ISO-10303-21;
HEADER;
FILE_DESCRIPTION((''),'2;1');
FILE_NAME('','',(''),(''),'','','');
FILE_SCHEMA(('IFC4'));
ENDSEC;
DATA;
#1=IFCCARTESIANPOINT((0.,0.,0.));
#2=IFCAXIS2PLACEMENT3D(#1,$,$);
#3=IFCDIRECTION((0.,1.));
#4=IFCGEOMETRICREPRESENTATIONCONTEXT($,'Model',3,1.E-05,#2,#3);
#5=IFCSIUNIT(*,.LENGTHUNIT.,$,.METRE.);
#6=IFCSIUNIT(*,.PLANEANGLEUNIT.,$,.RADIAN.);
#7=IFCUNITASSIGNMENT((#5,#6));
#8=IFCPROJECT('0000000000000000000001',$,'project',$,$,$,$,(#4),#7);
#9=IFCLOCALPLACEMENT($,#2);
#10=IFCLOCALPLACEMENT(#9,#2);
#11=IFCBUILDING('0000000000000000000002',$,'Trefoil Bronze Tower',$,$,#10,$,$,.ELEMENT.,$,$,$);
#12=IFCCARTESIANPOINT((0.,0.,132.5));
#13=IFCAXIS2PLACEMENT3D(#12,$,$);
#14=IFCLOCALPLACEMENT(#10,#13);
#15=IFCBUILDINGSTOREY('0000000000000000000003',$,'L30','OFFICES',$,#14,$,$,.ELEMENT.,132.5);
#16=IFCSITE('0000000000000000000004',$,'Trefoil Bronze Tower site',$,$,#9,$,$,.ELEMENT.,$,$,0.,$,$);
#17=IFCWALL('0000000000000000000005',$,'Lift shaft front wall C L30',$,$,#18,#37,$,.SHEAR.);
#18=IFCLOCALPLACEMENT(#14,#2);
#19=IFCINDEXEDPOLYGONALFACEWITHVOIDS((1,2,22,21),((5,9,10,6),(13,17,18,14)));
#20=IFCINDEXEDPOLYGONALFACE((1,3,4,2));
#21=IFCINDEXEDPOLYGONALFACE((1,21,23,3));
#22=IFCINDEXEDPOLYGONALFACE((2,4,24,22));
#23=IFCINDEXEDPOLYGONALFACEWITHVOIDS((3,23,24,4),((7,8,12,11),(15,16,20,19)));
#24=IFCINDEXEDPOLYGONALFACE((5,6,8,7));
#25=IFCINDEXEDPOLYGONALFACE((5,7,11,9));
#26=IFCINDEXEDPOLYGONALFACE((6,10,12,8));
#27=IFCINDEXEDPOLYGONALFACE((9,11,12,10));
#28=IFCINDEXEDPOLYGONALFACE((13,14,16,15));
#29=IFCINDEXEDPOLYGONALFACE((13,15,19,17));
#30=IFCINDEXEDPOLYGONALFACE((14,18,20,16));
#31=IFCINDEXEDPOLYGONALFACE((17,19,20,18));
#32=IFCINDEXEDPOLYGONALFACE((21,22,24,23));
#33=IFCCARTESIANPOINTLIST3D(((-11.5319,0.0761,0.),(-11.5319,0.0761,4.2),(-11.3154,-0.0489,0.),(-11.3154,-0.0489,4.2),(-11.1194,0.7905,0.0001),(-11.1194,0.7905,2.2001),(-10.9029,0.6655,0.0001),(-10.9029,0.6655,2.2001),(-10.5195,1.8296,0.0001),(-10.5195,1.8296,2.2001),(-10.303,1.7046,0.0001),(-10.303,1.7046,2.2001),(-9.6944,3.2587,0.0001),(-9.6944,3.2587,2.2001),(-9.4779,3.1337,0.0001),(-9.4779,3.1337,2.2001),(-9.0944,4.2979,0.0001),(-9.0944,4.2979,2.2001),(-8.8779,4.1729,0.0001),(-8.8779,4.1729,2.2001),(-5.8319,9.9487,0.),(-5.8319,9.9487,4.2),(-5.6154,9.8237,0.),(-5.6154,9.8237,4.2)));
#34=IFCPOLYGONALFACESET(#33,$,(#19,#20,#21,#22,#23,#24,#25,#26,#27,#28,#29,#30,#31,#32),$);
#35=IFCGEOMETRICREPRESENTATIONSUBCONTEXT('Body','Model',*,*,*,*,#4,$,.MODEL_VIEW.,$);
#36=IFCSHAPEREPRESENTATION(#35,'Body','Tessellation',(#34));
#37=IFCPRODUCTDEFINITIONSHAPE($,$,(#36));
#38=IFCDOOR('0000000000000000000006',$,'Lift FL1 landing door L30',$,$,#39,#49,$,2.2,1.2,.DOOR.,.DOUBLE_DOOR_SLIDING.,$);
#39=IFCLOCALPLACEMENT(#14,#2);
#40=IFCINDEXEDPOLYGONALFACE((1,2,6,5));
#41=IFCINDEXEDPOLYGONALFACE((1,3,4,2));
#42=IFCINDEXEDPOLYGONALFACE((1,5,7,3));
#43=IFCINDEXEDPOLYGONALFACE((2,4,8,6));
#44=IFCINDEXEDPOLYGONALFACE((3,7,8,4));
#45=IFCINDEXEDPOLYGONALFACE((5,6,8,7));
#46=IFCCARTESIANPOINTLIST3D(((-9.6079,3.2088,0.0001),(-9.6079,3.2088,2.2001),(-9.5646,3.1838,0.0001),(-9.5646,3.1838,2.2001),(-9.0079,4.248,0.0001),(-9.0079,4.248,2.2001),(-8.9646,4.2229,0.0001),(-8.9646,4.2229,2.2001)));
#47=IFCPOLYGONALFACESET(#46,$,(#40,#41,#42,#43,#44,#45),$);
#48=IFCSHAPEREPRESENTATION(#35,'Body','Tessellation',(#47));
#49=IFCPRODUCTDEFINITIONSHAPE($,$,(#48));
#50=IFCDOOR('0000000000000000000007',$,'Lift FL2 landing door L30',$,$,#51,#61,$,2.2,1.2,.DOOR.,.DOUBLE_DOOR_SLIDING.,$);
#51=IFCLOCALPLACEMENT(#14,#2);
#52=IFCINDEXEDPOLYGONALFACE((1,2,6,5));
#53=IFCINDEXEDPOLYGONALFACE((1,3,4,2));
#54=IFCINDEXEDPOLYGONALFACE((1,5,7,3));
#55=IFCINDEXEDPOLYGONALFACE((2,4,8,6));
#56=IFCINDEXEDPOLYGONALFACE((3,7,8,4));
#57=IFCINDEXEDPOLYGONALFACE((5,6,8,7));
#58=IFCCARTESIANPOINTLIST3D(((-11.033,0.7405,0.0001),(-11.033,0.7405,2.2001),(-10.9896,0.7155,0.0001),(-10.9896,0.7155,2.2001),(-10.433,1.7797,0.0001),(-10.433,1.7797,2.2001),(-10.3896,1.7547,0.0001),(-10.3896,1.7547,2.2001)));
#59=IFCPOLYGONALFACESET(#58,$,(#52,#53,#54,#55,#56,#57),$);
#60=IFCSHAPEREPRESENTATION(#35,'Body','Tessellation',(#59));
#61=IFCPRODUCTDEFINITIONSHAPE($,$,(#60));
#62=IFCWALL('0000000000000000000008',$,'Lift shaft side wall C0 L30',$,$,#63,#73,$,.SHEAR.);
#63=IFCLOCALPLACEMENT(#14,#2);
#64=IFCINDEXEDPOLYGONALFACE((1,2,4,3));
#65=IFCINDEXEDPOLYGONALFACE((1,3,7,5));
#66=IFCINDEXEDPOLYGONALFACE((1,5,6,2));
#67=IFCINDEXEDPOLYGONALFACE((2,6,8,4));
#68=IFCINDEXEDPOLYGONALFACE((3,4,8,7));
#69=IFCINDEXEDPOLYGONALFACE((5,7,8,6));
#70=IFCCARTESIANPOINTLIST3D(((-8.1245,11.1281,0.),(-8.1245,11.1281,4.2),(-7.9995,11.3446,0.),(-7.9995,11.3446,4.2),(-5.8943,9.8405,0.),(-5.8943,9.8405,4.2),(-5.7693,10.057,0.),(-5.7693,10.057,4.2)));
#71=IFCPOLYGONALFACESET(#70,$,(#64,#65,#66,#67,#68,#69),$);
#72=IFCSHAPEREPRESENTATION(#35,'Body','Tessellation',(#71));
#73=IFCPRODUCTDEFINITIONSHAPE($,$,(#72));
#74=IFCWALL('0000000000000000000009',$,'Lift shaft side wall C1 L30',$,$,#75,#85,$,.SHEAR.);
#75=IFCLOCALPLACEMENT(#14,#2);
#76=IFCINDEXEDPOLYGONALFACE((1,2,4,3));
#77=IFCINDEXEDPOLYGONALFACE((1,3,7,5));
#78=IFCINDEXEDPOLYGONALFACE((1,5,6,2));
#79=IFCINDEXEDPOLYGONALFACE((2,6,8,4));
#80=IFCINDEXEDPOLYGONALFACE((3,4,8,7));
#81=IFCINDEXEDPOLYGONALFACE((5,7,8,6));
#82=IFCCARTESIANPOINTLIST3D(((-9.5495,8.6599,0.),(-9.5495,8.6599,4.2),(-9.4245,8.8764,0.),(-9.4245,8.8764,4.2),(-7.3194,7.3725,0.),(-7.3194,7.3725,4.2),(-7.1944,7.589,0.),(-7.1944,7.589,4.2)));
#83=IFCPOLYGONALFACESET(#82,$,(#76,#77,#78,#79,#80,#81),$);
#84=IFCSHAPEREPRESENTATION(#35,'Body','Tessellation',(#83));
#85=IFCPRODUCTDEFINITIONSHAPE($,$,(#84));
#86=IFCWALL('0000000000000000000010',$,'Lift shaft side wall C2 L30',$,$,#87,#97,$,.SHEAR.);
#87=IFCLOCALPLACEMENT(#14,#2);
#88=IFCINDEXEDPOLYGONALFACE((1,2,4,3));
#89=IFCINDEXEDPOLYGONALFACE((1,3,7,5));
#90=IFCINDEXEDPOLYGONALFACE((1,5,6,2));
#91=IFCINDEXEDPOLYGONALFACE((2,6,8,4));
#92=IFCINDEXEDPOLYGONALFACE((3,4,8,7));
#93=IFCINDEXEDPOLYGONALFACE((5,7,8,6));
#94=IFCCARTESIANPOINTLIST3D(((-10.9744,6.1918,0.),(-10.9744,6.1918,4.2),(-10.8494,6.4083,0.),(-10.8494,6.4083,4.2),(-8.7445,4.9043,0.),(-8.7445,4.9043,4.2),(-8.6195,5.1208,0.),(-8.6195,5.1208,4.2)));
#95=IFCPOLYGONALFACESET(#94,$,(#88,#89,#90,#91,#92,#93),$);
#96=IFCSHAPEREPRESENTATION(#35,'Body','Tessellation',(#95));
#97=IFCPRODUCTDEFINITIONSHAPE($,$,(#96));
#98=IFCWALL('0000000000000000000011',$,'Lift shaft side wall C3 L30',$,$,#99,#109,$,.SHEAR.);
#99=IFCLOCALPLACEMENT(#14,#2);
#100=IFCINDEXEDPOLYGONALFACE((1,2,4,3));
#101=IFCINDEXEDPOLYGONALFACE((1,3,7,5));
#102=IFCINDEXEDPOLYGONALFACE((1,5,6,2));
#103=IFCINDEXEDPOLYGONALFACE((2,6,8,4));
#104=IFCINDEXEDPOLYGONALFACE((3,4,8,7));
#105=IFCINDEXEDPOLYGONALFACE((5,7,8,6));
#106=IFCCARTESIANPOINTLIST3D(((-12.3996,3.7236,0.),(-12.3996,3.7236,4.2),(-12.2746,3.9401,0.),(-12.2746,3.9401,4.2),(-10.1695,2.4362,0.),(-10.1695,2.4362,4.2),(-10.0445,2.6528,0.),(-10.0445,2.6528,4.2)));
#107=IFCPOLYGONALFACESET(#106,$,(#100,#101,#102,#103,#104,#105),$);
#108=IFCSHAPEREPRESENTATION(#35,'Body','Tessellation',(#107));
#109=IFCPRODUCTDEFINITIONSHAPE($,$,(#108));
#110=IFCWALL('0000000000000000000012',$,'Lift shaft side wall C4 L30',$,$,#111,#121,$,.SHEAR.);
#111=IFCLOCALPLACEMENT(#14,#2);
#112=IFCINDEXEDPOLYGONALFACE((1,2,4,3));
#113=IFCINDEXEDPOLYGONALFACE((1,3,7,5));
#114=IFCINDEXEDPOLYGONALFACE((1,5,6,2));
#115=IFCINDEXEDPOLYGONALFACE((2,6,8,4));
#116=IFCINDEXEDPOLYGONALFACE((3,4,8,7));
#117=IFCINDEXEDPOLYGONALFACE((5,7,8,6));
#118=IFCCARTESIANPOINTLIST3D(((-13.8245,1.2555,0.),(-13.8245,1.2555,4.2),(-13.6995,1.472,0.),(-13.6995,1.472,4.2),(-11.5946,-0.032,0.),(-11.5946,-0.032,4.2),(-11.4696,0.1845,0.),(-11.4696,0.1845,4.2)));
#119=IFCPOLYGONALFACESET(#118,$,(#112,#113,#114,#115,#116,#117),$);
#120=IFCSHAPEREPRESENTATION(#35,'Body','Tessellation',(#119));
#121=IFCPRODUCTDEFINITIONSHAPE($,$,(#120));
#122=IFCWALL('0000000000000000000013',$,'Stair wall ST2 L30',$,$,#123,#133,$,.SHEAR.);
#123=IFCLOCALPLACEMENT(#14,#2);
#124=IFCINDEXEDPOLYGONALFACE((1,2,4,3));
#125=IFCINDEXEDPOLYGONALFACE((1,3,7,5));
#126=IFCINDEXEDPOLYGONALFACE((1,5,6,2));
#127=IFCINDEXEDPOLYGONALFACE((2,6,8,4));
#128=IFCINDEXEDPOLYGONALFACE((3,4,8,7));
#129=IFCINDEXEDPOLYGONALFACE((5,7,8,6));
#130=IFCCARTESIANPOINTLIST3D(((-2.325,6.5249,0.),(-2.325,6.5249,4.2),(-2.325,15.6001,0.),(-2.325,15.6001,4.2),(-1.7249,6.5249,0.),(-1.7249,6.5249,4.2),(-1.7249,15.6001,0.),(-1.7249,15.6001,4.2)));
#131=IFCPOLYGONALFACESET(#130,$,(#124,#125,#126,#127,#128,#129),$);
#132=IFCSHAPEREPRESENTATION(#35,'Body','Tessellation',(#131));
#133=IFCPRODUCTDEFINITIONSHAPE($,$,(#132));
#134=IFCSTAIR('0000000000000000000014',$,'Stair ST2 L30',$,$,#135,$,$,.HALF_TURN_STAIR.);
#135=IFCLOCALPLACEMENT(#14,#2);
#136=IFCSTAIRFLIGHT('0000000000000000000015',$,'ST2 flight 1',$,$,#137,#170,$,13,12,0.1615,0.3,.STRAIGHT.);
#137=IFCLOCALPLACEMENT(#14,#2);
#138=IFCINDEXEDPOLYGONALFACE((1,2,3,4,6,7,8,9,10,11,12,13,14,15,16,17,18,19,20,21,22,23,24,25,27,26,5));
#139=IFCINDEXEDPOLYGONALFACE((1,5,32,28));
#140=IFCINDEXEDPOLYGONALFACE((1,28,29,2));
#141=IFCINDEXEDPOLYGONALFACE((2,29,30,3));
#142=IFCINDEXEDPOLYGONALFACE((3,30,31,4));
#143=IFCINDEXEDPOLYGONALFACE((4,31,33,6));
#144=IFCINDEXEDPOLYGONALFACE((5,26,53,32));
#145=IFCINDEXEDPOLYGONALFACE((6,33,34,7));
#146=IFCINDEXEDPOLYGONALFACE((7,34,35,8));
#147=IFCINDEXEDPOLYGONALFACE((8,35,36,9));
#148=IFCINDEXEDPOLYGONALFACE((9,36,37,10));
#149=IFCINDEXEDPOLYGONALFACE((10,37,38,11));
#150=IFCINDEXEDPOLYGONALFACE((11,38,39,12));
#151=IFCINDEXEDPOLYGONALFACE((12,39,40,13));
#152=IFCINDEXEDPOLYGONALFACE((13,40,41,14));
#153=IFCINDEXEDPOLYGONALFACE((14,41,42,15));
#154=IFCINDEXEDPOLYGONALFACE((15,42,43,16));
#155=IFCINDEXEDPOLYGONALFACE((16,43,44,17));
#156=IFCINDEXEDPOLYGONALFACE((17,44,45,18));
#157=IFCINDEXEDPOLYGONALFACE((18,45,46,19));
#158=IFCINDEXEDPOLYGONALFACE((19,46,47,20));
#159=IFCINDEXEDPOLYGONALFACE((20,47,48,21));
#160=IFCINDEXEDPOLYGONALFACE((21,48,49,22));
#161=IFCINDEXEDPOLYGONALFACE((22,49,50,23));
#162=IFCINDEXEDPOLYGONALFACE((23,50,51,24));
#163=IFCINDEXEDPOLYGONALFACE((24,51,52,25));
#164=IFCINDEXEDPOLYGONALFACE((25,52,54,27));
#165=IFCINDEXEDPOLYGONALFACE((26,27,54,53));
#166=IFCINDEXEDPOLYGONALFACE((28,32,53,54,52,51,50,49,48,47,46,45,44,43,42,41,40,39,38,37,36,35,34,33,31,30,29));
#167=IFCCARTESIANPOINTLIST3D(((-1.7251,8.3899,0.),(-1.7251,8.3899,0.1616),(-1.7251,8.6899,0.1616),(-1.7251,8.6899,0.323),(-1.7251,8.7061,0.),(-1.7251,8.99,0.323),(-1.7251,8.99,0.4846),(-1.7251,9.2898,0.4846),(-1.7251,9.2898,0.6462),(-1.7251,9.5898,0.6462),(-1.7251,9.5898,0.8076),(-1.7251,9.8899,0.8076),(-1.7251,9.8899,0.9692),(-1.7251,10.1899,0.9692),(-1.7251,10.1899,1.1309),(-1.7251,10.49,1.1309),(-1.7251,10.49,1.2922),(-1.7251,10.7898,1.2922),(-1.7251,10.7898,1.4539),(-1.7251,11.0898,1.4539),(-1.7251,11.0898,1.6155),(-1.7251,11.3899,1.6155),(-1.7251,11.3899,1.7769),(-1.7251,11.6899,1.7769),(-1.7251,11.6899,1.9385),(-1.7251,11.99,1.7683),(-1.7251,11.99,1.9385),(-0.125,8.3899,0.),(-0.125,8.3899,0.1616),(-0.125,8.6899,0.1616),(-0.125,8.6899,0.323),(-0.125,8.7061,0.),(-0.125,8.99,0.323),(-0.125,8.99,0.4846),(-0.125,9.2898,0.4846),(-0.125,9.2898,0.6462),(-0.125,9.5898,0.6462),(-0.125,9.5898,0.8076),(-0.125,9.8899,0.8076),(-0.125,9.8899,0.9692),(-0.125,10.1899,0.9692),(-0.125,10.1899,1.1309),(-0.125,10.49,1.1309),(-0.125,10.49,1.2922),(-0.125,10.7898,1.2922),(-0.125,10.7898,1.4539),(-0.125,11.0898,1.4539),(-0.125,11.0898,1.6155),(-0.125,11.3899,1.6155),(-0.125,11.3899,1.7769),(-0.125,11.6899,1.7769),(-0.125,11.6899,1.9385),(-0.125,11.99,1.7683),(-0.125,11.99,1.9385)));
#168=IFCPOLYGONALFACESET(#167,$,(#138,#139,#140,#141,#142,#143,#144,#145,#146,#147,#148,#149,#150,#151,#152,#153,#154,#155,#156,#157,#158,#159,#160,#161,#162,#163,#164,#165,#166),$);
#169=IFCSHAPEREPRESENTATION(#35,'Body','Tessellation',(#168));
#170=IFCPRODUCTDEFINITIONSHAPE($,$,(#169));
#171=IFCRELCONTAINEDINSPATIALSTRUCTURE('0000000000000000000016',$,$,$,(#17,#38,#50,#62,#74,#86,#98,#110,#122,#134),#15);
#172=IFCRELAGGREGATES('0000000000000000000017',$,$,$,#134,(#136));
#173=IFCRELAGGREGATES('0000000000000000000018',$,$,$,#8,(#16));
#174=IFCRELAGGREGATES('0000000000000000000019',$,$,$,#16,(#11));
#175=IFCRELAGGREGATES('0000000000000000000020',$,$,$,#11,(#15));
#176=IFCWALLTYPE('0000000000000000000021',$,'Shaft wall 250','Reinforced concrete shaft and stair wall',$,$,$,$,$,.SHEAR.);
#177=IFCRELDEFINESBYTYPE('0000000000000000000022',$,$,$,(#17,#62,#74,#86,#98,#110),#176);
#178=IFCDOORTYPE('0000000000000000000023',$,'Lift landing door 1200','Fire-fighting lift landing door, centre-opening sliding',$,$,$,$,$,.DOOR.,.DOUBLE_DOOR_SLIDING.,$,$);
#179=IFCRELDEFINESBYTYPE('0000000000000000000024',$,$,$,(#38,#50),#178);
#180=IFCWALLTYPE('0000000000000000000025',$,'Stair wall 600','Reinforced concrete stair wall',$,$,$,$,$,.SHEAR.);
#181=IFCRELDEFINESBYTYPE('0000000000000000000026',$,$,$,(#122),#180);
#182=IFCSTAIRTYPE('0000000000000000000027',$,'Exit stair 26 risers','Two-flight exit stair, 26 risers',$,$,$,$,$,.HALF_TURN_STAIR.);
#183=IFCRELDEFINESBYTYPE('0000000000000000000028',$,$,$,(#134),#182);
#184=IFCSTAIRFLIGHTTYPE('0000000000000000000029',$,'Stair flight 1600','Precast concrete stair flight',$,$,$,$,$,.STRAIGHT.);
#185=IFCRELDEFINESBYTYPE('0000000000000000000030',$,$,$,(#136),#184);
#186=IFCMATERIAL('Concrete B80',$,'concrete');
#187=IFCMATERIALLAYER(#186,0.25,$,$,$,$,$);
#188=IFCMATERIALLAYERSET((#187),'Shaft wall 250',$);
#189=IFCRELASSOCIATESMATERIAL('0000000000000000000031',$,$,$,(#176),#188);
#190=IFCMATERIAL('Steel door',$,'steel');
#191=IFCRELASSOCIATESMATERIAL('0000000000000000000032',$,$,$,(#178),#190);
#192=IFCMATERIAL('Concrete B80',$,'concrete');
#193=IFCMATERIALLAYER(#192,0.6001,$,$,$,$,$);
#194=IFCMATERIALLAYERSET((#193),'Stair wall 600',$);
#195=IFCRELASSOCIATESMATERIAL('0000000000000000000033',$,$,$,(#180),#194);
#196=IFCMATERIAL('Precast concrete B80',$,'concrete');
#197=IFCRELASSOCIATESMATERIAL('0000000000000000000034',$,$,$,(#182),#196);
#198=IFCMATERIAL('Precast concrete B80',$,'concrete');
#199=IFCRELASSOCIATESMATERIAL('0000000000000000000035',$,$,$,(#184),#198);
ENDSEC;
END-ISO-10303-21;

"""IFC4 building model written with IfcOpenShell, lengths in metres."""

from ifc_helpers import new_model, si_unit, direction, frame, frame_2d, origin, place, context, subcontext, project, spatial, polyline, rectangle, outline, extrude, material, layer, layer_set, type_object, element, fill, aggregate, save


model = new_model("IFC4")

# Units and contexts
model_context = context("Model", 3, precision=1e-05, world=origin(), true_north=direction((0.0, 1.0)))
body_context = subcontext(model_context, "Body", "Model", "MODEL_VIEW")
ifc_project = project(units=[si_unit("LENGTHUNIT", "METRE"), si_unit("PLANEANGLEUNIT", "RADIAN")], contexts=[model_context])

# Site, building, storey
site_placement = place(None, origin())
site = spatial("IfcSite", under=ifc_project, at=site_placement, Name="Trefoil Bronze Tower site", CompositionType="ELEMENT", RefElevation=0.0)
building_placement = place(site_placement, origin())
building = spatial("IfcBuilding", under=site, at=building_placement, Name="Trefoil Bronze Tower", CompositionType="ELEMENT")
storey_placement = place(building_placement, frame((0.0, 0.0, 132.5)))
storey = spatial("IfcBuildingStorey", under=building, at=storey_placement, Name="L30", Description="OFFICES", CompositionType="ELEMENT", Elevation=132.5)

# Wall, openings, doors
ifc_material_1 = material(Name="Concrete B80", Category="concrete")
ifc_layer_1 = layer(ifc_material_1, 0.25)
ifc_layer_set_1 = layer_set([ifc_layer_1], Name="Shaft wall 250")
wall_type_1 = type_object("IfcWallType", Name="Shaft wall 250", Description="Reinforced concrete shaft and stair wall", PredefinedType="SHEAR", material=ifc_layer_set_1)
wall_1_placement = place(storey_placement, frame((-5.7236, 9.8862, 0.0), z_axis=(0.0, 0.0, 1.0), x_axis=(-0.500002, -0.866024, 0.0)))
wall_1 = element("IfcWall", 1, at=wall_1_placement, inside=storey, type_object=wall_type_1, Name="Lift shaft front wall C L30", PredefinedType="SHEAR", context=body_context, shape_type="SweptSolid", body=[
    extrude(rectangle(XDim=11.3999, YDim=0.25, at=frame_2d((5.7, 0.0))), origin(), (0.0, 0.0, 1.0), 4.2),
])
opening_1_placement = place(wall_1_placement, frame((6.5249, 0.0, 0.0)))
opening_1 = element("IfcOpeningElement", 2, at=opening_1_placement, cuts=wall_1, PredefinedType="OPENING", context=body_context, shape_type="SweptSolid", body=[
    extrude(rectangle(XDim=1.2, YDim=2.2, at=frame_2d((0.6001, 1.1001))), frame((0.0, 0.135, 0.0), z_axis=(0.0, -1.0, 0.0), x_axis=(1.0, 0.0, 0.0)), (0.0, 0.0, 1.0), 0.27),
])
opening_2_placement = place(wall_1_placement, frame((9.375, 0.0, 0.0)))
opening_2 = element("IfcOpeningElement", 3, at=opening_2_placement, cuts=wall_1, PredefinedType="OPENING", context=body_context, shape_type="SweptSolid", body=[
    extrude(rectangle(XDim=1.2, YDim=2.2, at=frame_2d((0.6001, 1.1001))), frame((0.0, 0.135, 0.0), z_axis=(0.0, -1.0, 0.0), x_axis=(1.0, 0.0, 0.0)), (0.0, 0.0, 1.0), 0.27),
])
ifc_material_2 = material(Name="Steel door", Category="steel")
door_type_1 = type_object("IfcDoorType", Name="Lift landing door 1200", Description="Fire-fighting lift landing door, centre-opening sliding", OperationType="DOUBLE_DOOR_SLIDING", PredefinedType="DOOR", material=ifc_material_2)
door_1_placement = place(opening_1_placement, origin())
door_1 = element("IfcDoor", 4, at=door_1_placement, inside=storey, type_object=door_type_1, Name="Lift FL1 landing door L30", OperationType="DOUBLE_DOOR_SLIDING", OverallHeight=2.2, OverallWidth=1.2, PredefinedType="DOOR", context=body_context, shape_type="SweptSolid", body=[
    extrude(rectangle(XDim=1.2, YDim=2.2, at=frame_2d((0.6001, 1.1001))), frame((0.0, 0.0249, 0.0), z_axis=(0.0, -1.0, 0.0), x_axis=(1.0, 0.0, 0.0)), (0.0, 0.0, 1.0), 0.05),
])
fill(opening_1, door_1)
door_2_placement = place(opening_2_placement, origin())
door_2 = element("IfcDoor", 5, at=door_2_placement, inside=storey, type_object=door_type_1, Name="Lift FL2 landing door L30", OperationType="DOUBLE_DOOR_SLIDING", OverallHeight=2.2, OverallWidth=1.2, PredefinedType="DOOR", context=body_context, shape_type="SweptSolid", body=[
    extrude(rectangle(XDim=1.2, YDim=2.2, at=frame_2d((0.6001, 1.1001))), frame((0.0, 0.0249, 0.0), z_axis=(0.0, -1.0, 0.0), x_axis=(1.0, 0.0, 0.0)), (0.0, 0.0, 1.0), 0.05),
])
fill(opening_2, door_2)

# Walls
wall_2_placement = place(storey_placement, frame((-5.8318, 9.9487, 0.0), z_axis=(0.0, 0.0, 1.0), x_axis=(-0.866029, 0.499993, 0.0)))
element("IfcWall", 6, at=wall_2_placement, inside=storey, type_object=wall_type_1, Name="Lift shaft side wall C0 L30", PredefinedType="SHEAR", context=body_context, shape_type="SweptSolid", body=[
    extrude(rectangle(XDim=2.5752, YDim=0.25, at=frame_2d((1.2876, 0.0))), origin(), (0.0, 0.0, 1.0), 4.2),
])
for number, where, z_axis, x_axis, name in (
    (7, (-7.2568, 7.4807, 0.0), (0.0, 0.0, 1.0), (-0.866047, 0.499963, 0.0), "Lift shaft side wall C1 L30"),
    (8, (-8.6819, 5.0125, 0.0), (0.0, 0.0, 1.0), (-0.866006, 0.500034, 0.0), "Lift shaft side wall C2 L30"),
    (9, (-10.1069, 2.5444, 0.0), (0.0, 0.0, 1.0), (-0.866047, 0.499963, 0.0), "Lift shaft side wall C3 L30"),
    (10, (-11.532, 0.0762, 0.0), (0.0, 0.0, 1.0), (-0.866006, 0.500034, 0.0), "Lift shaft side wall C4 L30"),
):
    element("IfcWall", number, at=place(storey_placement, frame(where, z_axis=z_axis, x_axis=x_axis)), inside=storey, type_object=wall_type_1, Name=name, PredefinedType="SHEAR", context=body_context, shape_type="SweptSolid", body=[
        extrude(rectangle(XDim=2.575, YDim=0.25, at=frame_2d((1.2876, 0.0))), origin(), (0.0, 0.0, 1.0), 4.2),
    ])
ifc_material_3 = material(Name="Concrete B80", Category="concrete")
ifc_layer_2 = layer(ifc_material_3, 0.6001)
ifc_layer_set_2 = layer_set([ifc_layer_2], Name="Stair wall 600")
wall_type_2 = type_object("IfcWallType", Name="Stair wall 600", Description="Reinforced concrete stair wall", PredefinedType="SHEAR", material=ifc_layer_set_2)
wall_3_placement = place(storey_placement, frame((-2.0249, 6.5249, 0.0), z_axis=(0.0, 0.0, 1.0), x_axis=(0.0, 1.0, 0.0)))
element("IfcWall", 11, at=wall_3_placement, inside=storey, type_object=wall_type_2, Name="Stair wall ST2 L30", PredefinedType="SHEAR", context=body_context, shape_type="SweptSolid", body=[
    extrude(rectangle(XDim=9.0752, YDim=0.6001, at=frame_2d((4.5376, 0.0))), origin(), (0.0, 0.0, 1.0), 4.2),
])

# Stair, stair flight
ifc_material_4 = material(Name="Precast concrete B80", Category="concrete")
stair_type = type_object("IfcStairType", Name="Exit stair 26 risers", Description="Two-flight exit stair, 26 risers", PredefinedType="HALF_TURN_STAIR", material=ifc_material_4)
stair_placement = place(storey_placement, origin())
stair = element("IfcStair", 12, at=stair_placement, inside=storey, type_object=stair_type, Name="Stair ST2 L30", PredefinedType="HALF_TURN_STAIR")
ifc_material_5 = material(Name="Precast concrete B80", Category="concrete")
stair_flight_type = type_object("IfcStairFlightType", Name="Stair flight 1600", Description="Precast concrete stair flight", PredefinedType="STRAIGHT", material=ifc_material_5)
stair_flight_placement = place(storey_placement, frame((-0.925, 8.3899, 0.0), z_axis=(0.0, 0.0, 1.0), x_axis=(0.0, 1.0, 0.0)))
stair_flight = element("IfcStairFlight", 13, at=stair_flight_placement, type_object=stair_flight_type, Name="ST2 flight 1", NumberOfRisers=13, NumberOfTreads=12, PredefinedType="STRAIGHT", RiserHeight=0.1615, TreadLength=0.3, context=body_context, shape_type="SweptSolid", body=[
    extrude(outline(polyline([(0.0, 0.0), (0.0, 0.1616), (0.3, 0.1616), (0.3, 0.323), (0.6001, 0.323), (0.6001, 0.4846), (0.8999, 0.4846), (0.8999, 0.6462), (1.2, 0.6462), (1.2, 0.8076), (1.5, 0.8076), (1.5, 0.9692), (1.8, 0.9692), (1.8, 1.1309), (2.1001, 1.1309), (2.1001, 1.2922), (2.3999, 1.2922), (2.3999, 1.4539), (2.7, 1.4539), (2.7, 1.6155), (3.0, 1.6155), (3.0, 1.7769), (3.3, 1.7769), (3.3, 1.9385), (3.6001, 1.9385), (3.6001, 2.1001), (3.6001, 1.7683), (0.3162, 0.0), (0.0, 0.0)])), frame((0.0, 0.8, 0.0), z_axis=(0.0, -1.0, 0.0), x_axis=(1.0, 0.0, 0.0)), (0.0, 0.0, 1.0), 1.6001),
])
aggregate(stair, [stair_flight])

save(model, "model.ifc")
